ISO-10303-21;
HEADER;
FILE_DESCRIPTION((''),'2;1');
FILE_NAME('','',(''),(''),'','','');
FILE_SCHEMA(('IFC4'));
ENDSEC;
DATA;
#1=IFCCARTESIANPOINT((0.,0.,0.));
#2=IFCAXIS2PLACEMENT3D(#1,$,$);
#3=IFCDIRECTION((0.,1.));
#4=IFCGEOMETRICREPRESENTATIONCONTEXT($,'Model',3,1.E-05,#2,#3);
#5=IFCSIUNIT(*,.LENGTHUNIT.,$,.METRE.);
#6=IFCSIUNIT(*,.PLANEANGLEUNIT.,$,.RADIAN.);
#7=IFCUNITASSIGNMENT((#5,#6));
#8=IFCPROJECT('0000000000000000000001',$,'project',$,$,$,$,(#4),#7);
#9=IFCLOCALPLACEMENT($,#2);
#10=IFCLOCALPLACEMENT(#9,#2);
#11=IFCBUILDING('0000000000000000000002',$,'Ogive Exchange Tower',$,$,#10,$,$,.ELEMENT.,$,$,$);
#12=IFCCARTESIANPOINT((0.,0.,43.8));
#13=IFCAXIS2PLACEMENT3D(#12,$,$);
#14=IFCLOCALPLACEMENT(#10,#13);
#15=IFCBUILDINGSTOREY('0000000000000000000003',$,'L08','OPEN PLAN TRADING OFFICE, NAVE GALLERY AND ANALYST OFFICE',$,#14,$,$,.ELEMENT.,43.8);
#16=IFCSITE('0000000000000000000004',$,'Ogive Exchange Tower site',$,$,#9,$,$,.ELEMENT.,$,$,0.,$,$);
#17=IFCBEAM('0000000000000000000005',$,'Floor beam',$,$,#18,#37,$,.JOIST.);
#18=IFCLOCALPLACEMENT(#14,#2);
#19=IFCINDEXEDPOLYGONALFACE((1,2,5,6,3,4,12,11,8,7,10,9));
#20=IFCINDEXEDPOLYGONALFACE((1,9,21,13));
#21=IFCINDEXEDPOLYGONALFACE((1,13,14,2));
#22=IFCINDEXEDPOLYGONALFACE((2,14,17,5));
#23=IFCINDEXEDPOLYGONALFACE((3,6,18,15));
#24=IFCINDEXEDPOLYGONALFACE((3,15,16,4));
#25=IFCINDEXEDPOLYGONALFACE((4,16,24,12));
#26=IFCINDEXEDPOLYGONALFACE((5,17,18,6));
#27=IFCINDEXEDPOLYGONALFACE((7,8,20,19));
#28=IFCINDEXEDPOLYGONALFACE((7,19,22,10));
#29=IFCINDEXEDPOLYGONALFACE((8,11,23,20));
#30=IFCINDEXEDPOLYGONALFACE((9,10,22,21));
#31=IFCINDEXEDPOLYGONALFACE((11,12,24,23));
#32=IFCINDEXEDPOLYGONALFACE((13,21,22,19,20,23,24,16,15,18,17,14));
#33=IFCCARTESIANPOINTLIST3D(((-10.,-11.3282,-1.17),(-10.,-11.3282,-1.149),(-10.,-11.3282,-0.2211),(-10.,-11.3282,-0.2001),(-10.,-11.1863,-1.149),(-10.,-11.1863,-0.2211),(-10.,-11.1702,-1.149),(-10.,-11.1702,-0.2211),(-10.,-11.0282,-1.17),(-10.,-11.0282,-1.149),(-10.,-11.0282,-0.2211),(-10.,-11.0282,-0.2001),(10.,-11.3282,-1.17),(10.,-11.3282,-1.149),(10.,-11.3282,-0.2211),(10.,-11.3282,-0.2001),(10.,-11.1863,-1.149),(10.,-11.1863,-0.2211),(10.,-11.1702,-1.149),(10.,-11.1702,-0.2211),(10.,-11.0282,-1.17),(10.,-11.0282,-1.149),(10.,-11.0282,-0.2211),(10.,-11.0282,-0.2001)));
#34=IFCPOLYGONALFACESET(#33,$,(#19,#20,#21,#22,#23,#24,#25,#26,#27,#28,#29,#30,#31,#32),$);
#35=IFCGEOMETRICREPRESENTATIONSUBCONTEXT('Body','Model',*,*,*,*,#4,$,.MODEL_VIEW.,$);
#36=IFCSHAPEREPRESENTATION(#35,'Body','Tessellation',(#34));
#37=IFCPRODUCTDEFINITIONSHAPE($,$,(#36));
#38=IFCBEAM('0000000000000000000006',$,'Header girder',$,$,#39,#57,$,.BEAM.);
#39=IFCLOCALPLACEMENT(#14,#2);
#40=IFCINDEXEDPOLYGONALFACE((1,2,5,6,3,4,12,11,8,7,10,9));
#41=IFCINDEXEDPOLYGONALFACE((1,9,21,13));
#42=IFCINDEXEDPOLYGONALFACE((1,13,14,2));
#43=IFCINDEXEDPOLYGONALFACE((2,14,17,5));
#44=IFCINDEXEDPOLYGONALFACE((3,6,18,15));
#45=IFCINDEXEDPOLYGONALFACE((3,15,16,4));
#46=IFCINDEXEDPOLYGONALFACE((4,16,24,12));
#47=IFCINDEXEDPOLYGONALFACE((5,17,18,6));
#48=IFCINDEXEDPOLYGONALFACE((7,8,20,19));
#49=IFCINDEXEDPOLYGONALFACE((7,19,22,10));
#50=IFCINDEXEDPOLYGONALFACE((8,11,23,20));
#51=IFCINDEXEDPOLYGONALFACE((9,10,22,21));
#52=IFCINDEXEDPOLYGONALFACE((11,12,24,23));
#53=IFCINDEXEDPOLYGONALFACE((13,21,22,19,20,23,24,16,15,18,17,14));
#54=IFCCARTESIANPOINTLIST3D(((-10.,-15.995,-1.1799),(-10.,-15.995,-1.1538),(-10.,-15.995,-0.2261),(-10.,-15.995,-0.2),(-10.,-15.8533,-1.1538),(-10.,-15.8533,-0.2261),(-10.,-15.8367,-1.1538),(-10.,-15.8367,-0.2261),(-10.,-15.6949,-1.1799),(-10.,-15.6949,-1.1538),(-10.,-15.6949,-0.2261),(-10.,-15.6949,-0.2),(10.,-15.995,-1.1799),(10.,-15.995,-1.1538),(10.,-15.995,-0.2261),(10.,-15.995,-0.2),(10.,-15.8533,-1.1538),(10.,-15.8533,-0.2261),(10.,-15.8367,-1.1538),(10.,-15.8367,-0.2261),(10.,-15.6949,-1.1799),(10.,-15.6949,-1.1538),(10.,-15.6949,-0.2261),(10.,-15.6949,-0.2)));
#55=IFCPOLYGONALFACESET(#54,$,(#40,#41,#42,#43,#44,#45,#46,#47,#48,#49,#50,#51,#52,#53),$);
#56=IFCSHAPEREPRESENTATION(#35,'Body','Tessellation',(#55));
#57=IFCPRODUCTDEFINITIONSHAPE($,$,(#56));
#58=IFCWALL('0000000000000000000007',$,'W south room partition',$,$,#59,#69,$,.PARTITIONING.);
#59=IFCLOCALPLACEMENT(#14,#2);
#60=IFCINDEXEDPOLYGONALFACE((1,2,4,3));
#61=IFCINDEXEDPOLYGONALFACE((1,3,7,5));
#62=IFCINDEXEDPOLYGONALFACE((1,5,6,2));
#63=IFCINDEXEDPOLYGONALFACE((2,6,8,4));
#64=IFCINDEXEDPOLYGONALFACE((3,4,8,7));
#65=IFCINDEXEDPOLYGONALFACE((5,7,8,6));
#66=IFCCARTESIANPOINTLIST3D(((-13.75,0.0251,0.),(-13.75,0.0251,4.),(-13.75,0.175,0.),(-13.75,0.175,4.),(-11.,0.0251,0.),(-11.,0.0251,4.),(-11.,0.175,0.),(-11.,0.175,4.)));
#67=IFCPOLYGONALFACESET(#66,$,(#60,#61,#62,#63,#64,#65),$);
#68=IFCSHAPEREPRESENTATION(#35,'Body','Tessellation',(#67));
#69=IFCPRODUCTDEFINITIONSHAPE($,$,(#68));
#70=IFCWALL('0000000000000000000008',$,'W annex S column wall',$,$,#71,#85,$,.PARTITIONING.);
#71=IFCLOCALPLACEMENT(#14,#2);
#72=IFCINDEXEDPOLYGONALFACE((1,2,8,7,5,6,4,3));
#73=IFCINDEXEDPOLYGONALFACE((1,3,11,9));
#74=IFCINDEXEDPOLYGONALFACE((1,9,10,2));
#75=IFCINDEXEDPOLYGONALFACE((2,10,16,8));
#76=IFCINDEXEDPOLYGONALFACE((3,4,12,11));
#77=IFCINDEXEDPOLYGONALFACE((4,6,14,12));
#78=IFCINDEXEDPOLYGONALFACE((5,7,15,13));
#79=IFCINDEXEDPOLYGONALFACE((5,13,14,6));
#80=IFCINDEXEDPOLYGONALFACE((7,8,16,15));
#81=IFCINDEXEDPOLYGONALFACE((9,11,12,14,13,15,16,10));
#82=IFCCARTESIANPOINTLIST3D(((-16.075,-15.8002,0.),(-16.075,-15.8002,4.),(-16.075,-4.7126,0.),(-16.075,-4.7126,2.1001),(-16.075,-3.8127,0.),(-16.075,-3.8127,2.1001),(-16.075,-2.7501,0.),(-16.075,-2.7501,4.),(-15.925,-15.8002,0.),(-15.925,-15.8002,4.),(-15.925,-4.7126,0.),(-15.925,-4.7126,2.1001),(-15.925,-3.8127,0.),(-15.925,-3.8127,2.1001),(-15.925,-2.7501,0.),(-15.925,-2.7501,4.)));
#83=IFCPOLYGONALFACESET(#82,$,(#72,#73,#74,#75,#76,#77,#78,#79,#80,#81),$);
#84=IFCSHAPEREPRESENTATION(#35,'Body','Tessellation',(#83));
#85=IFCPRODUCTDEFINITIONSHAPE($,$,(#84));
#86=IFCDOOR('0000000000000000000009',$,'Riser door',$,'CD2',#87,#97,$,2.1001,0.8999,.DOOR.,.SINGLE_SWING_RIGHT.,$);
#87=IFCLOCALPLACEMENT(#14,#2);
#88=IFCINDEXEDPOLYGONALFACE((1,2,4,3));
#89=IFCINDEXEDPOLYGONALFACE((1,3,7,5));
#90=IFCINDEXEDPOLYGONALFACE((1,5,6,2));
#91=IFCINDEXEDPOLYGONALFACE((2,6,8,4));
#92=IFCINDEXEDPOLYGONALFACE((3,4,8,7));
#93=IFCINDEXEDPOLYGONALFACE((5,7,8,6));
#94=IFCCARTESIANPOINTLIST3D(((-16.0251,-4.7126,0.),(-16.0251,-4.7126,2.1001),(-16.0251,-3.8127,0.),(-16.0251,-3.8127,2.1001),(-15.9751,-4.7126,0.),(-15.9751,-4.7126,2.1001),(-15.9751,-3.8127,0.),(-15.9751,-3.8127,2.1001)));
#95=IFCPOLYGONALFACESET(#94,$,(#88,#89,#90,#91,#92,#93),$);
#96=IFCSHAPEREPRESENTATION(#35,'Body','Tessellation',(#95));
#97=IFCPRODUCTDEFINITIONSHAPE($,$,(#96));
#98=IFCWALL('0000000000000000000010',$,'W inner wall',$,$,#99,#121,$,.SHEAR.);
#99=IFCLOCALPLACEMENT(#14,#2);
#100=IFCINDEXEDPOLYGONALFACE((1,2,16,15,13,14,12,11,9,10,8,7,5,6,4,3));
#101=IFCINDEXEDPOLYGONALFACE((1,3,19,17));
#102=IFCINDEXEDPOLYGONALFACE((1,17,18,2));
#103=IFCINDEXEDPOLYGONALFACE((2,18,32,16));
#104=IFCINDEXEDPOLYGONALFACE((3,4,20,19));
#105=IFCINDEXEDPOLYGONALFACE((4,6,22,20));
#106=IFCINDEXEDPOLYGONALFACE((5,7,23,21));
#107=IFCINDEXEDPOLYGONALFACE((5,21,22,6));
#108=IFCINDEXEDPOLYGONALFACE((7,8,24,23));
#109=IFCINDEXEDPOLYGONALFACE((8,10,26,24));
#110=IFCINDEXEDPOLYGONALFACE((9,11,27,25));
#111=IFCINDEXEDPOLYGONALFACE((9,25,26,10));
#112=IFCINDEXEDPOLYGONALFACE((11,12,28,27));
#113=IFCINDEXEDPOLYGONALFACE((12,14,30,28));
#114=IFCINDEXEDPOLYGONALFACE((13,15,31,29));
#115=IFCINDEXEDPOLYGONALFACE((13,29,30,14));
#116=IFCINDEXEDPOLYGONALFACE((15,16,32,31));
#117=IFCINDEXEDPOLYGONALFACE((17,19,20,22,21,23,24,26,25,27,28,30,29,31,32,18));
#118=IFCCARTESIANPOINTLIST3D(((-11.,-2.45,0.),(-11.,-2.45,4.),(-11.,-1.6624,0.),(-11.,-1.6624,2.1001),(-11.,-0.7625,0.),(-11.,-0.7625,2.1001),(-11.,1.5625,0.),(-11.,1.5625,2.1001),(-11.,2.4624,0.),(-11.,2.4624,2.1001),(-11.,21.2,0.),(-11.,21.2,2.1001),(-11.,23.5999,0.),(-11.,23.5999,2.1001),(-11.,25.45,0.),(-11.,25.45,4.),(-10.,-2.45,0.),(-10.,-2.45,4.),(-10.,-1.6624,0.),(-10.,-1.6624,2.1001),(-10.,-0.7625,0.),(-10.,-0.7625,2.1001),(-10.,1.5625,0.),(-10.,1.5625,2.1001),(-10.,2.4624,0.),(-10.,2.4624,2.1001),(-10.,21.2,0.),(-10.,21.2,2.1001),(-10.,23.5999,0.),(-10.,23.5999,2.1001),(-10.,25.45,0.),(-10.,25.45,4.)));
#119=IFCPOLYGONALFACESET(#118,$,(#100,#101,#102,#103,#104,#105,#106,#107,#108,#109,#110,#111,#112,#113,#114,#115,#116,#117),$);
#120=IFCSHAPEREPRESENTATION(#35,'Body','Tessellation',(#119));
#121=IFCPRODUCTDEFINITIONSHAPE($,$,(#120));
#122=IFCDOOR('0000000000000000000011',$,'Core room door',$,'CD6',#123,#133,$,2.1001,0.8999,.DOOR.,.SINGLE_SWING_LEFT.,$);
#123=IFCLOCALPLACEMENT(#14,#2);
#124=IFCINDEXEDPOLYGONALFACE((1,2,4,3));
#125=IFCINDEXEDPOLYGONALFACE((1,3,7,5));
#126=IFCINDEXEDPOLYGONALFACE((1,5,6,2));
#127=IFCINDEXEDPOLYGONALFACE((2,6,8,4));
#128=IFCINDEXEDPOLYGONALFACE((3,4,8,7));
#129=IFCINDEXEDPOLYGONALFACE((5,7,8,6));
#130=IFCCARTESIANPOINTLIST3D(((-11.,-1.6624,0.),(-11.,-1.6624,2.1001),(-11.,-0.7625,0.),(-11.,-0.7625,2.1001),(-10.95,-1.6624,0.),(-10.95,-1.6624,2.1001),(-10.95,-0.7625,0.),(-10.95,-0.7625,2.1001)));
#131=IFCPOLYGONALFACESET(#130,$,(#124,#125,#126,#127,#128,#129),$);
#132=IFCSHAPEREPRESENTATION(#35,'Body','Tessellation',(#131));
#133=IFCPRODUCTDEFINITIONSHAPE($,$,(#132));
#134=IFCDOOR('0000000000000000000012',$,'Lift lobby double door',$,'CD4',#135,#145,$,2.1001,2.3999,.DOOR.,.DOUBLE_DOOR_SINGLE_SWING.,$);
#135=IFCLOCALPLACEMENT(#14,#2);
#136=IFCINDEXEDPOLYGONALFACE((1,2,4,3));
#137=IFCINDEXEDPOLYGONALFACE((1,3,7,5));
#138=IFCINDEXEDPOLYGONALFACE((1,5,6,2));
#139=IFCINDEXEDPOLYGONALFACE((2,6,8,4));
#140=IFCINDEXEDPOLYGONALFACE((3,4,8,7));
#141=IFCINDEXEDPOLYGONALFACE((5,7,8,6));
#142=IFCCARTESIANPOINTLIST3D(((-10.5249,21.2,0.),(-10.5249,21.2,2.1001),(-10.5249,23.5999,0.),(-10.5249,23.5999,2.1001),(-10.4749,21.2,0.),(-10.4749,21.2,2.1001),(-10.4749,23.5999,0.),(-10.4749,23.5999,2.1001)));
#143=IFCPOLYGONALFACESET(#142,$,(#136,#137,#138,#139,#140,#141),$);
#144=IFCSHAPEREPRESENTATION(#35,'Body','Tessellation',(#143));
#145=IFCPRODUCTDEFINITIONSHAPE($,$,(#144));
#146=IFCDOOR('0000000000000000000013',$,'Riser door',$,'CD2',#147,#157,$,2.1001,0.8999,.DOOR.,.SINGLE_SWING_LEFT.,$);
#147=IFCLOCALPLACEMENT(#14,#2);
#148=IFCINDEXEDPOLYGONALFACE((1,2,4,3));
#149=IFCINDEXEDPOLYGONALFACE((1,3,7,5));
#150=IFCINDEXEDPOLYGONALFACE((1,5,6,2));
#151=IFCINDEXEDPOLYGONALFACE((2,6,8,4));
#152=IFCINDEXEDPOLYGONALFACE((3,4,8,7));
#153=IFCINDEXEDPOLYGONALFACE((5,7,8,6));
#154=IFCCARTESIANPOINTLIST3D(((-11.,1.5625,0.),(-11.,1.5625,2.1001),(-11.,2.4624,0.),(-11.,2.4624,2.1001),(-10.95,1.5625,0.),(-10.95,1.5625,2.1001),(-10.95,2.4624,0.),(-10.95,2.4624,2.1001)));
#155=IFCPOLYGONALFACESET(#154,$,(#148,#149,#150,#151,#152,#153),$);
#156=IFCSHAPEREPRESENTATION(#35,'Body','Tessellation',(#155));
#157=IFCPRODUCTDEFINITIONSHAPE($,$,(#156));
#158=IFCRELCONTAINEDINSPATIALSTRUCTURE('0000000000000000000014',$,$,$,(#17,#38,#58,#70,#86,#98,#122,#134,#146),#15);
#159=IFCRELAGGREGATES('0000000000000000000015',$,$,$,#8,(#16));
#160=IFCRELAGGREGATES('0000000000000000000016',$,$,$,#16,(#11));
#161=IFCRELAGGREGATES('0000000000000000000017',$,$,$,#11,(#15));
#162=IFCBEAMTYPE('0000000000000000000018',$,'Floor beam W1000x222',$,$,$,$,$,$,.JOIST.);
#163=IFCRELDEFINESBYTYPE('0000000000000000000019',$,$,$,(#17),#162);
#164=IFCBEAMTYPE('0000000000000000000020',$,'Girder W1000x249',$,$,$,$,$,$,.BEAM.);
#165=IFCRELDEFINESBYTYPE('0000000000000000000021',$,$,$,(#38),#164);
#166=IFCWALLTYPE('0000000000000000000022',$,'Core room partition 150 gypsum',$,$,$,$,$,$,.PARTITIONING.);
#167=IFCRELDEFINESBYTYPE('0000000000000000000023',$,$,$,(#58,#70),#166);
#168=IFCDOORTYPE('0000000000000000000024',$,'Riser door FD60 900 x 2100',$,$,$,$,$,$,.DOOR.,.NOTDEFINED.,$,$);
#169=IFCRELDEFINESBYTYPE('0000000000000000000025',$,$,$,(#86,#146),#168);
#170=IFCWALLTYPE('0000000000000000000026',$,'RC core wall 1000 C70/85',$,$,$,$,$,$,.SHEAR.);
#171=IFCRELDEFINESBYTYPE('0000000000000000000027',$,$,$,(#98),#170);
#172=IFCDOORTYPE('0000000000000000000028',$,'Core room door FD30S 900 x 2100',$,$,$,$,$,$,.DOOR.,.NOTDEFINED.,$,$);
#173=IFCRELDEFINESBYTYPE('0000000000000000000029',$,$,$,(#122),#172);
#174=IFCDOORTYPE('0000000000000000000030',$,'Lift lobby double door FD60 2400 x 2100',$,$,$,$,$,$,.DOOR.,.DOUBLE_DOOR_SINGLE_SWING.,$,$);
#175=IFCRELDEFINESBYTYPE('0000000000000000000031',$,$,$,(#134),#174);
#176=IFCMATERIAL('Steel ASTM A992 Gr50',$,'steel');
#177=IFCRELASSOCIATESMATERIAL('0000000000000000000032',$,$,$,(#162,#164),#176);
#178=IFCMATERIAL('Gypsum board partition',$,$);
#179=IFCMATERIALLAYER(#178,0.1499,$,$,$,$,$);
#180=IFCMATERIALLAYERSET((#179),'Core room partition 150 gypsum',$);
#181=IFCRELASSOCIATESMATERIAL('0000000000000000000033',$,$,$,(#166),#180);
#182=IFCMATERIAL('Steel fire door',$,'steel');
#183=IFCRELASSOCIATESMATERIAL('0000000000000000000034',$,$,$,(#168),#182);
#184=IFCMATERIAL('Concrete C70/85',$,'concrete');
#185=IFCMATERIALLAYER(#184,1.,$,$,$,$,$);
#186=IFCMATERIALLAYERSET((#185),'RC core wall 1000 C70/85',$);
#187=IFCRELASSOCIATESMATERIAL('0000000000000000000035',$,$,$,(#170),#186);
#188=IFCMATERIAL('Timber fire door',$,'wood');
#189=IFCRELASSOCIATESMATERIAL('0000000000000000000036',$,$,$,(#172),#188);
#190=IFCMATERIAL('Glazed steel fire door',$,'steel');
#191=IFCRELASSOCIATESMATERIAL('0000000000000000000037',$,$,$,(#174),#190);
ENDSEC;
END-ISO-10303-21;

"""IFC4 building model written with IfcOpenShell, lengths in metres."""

from ifc_helpers import new_model, si_unit, direction, frame, frame_2d, origin, origin_2d, place, context, subcontext, project, spatial, rectangle, i_section, extrude, material, layer, layer_set, material_profile, profile_set, type_object, element, fill, save


model = new_model("IFC4")

# Units and contexts
model_context = context("Model", 3, precision=1e-05, world=origin(), true_north=direction((0.0, 1.0)))
body_context = subcontext(model_context, "Body", "Model", "MODEL_VIEW")
ifc_project = project(units=[si_unit("LENGTHUNIT", "METRE"), si_unit("PLANEANGLEUNIT", "RADIAN")], contexts=[model_context])

# Site, building, storey
site_placement = place(None, origin())
site = spatial("IfcSite", under=ifc_project, at=site_placement, Name="Ogive Exchange Tower site", CompositionType="ELEMENT", RefElevation=0.0)
building_placement = place(site_placement, origin())
building = spatial("IfcBuilding", under=site, at=building_placement, Name="Ogive Exchange Tower", CompositionType="ELEMENT")
storey_placement = place(building_placement, frame((0.0, 0.0, 43.8)))
storey = spatial("IfcBuildingStorey", under=building, at=storey_placement, Name="L08", Description="OPEN PLAN TRADING OFFICE, NAVE GALLERY AND ANALYST OFFICE", CompositionType="ELEMENT", Elevation=43.8)

# Beams
ifc_material_1 = material(Name="Steel ASTM A992 Gr50", Category="steel")
ifc_material_profile_1 = material_profile(ifc_material_1, i_section(OverallWidth=0.3, OverallDepth=0.97, WebThickness=0.0161, FlangeThickness=0.021, at=origin_2d()), Name="W1000x222")
ifc_profile_set_1 = profile_set([ifc_material_profile_1], Name="Steel ASTM A992 Gr50")
beam_type_1 = type_object("IfcBeamType", Name="Floor beam W1000x222", PredefinedType="JOIST", material=ifc_profile_set_1)
beam_1_placement = place(storey_placement, frame((-10.0, -11.1782, -0.6851), z_axis=(1.0, 0.0, 0.0), x_axis=(0.0, 1.0, 0.0)))
element("IfcBeam", 1, at=beam_1_placement, inside=storey, type_object=beam_type_1, Name="Floor beam", PredefinedType="JOIST", context=body_context, shape_type="SweptSolid", body=[
    extrude(i_section(OverallWidth=0.3, OverallDepth=0.97, WebThickness=0.0161, FlangeThickness=0.021, at=origin_2d()), origin(), (0.0, 0.0, 1.0), 20.0),
])
ifc_material_profile_2 = material_profile(ifc_material_1, i_section(OverallWidth=0.3, OverallDepth=0.98, WebThickness=0.0166, FlangeThickness=0.0261, at=origin_2d()), Name="W1000x249")
ifc_profile_set_2 = profile_set([ifc_material_profile_2], Name="Steel ASTM A992 Gr50")
beam_type_2 = type_object("IfcBeamType", Name="Girder W1000x249", PredefinedType="BEAM", material=ifc_profile_set_2)
beam_2_placement = place(storey_placement, frame((-10.0, -15.845, -0.6899), z_axis=(1.0, 0.0, 0.0), x_axis=(0.0, 1.0, 0.0)))
element("IfcBeam", 2, at=beam_2_placement, inside=storey, type_object=beam_type_2, Name="Header girder", PredefinedType="BEAM", context=body_context, shape_type="SweptSolid", body=[
    extrude(i_section(OverallWidth=0.3, OverallDepth=0.98, WebThickness=0.0166, FlangeThickness=0.0261, at=origin_2d()), origin(), (0.0, 0.0, 1.0), 20.0),
])

# Wall
ifc_material_2 = material(Name="Gypsum board partition")
ifc_layer_1 = layer(ifc_material_2, 0.1499)
ifc_layer_set_1 = layer_set([ifc_layer_1], Name="Core room partition 150 gypsum")
wall_type_1 = type_object("IfcWallType", Name="Core room partition 150 gypsum", PredefinedType="PARTITIONING", material=ifc_layer_set_1)
wall_1_placement = place(storey_placement, frame((-13.75, 0.1001, 0.0), z_axis=(0.0, 0.0, 1.0), x_axis=(1.0, 0.0, 0.0)))
element("IfcWall", 3, at=wall_1_placement, inside=storey, type_object=wall_type_1, Name="W south room partition", PredefinedType="PARTITIONING", context=body_context, shape_type="SweptSolid", body=[
    extrude(rectangle(XDim=2.75, YDim=0.1499, at=frame_2d((1.375, 0.0))), origin(), (0.0, 0.0, 1.0), 4.0),
])

# Wall, opening, door
wall_2_placement = place(storey_placement, frame((-16.0, -15.8, 0.0), z_axis=(0.0, 0.0, 1.0), x_axis=(0.0, 1.0, 0.0)))
wall_2 = element("IfcWall", 4, at=wall_2_placement, inside=storey, type_object=wall_type_1, Name="W annex S column wall", PredefinedType="PARTITIONING", context=body_context, shape_type="SweptSolid", body=[
    extrude(rectangle(XDim=13.05, YDim=0.1499, at=frame_2d((6.5249, 0.0))), origin(), (0.0, 0.0, 1.0), 4.0),
])
opening_1_placement = place(wall_2_placement, frame((11.0874, 0.0, 0.0)))
opening_1 = element("IfcOpeningElement", 5, at=opening_1_placement, cuts=wall_2, PredefinedType="OPENING", context=body_context, shape_type="SweptSolid", body=[
    extrude(rectangle(XDim=0.8999, YDim=2.1001, at=frame_2d((0.45, 1.05))), frame((0.0, 0.085, 0.0), z_axis=(0.0, -1.0, 0.0), x_axis=(1.0, 0.0, 0.0)), (0.0, 0.0, 1.0), 0.1699),
])
ifc_material_3 = material(Name="Steel fire door", Category="steel")
door_type_1 = type_object("IfcDoorType", Name="Riser door FD60 900 x 2100", OperationType="NOTDEFINED", PredefinedType="DOOR", material=ifc_material_3)
door_1_placement = place(opening_1_placement, frame((0.8999, 0.0, 0.0), z_axis=(0.0, 0.0, 1.0), x_axis=(-1.0, 0.0, 0.0)))
door_1 = element("IfcDoor", 6, at=door_1_placement, inside=storey, type_object=door_type_1, Name="Riser door", ObjectType="CD2", OperationType="SINGLE_SWING_RIGHT", OverallHeight=2.1001, OverallWidth=0.8999, PredefinedType="DOOR", context=body_context, shape_type="SweptSolid", body=[
    extrude(rectangle(XDim=0.8999, YDim=2.1001, at=frame_2d((0.45, 1.05))), frame((0.0, 0.0249, 0.0), z_axis=(0.0, -1.0, 0.0), x_axis=(1.0, 0.0, 0.0)), (0.0, 0.0, 1.0), 0.05),
])
fill(opening_1, door_1)

# Wall, openings, doors
ifc_material_4 = material(Name="Concrete C70/85", Category="concrete")
ifc_layer_2 = layer(ifc_material_4, 1.0)
ifc_layer_set_2 = layer_set([ifc_layer_2], Name="RC core wall 1000 C70/85")
wall_type_2 = type_object("IfcWallType", Name="RC core wall 1000 C70/85", PredefinedType="SHEAR", material=ifc_layer_set_2)
wall_3_placement = place(storey_placement, frame((-10.5, -2.45, 0.0), z_axis=(0.0, 0.0, 1.0), x_axis=(0.0, 1.0, 0.0)))
wall_3 = element("IfcWall", 7, at=wall_3_placement, inside=storey, type_object=wall_type_2, Name="W inner wall", PredefinedType="SHEAR", context=body_context, shape_type="SweptSolid", body=[
    extrude(rectangle(XDim=27.8999, YDim=1.0, at=frame_2d((13.95, 0.0))), origin(), (0.0, 0.0, 1.0), 4.0),
])
opening_2_placement = place(wall_3_placement, frame((23.6499, 0.0, 0.0)))
opening_2 = element("IfcOpeningElement", 8, at=opening_2_placement, cuts=wall_3, PredefinedType="OPENING", context=body_context, shape_type="SweptSolid", body=[
    extrude(rectangle(XDim=2.3999, YDim=2.1001, at=frame_2d((1.2, 1.05))), frame((0.0, 0.51, 0.0), z_axis=(0.0, -1.0, 0.0), x_axis=(1.0, 0.0, 0.0)), (0.0, 0.0, 1.0), 1.02),
])
opening_3_placement = place(wall_3_placement, frame((0.7876, 0.0, 0.0)))
opening_3 = element("IfcOpeningElement", 9, at=opening_3_placement, cuts=wall_3, PredefinedType="OPENING", context=body_context, shape_type="SweptSolid", body=[
    extrude(rectangle(XDim=0.8999, YDim=2.1001, at=frame_2d((0.45, 1.05))), frame((0.0, 0.51, 0.0), z_axis=(0.0, -1.0, 0.0), x_axis=(1.0, 0.0, 0.0)), (0.0, 0.0, 1.0), 1.02),
])
opening_4_placement = place(wall_3_placement, frame((4.0125, 0.0, 0.0)))
opening_4 = element("IfcOpeningElement", 10, at=opening_4_placement, cuts=wall_3, PredefinedType="OPENING", context=body_context, shape_type="SweptSolid", body=[
    extrude(rectangle(XDim=0.8999, YDim=2.1001, at=frame_2d((0.45, 1.05))), frame((0.0, 0.51, 0.0), z_axis=(0.0, -1.0, 0.0), x_axis=(1.0, 0.0, 0.0)), (0.0, 0.0, 1.0), 1.02),
])
ifc_material_5 = material(Name="Timber fire door", Category="wood")
door_type_2 = type_object("IfcDoorType", Name="Core room door FD30S 900 x 2100", OperationType="NOTDEFINED", PredefinedType="DOOR", material=ifc_material_5)
door_2_placement = place(opening_3_placement, origin())
door_2 = element("IfcDoor", 11, at=door_2_placement, inside=storey, type_object=door_type_2, Name="Core room door", ObjectType="CD6", OperationType="SINGLE_SWING_LEFT", OverallHeight=2.1001, OverallWidth=0.8999, PredefinedType="DOOR", context=body_context, shape_type="SweptSolid", body=[
    extrude(rectangle(XDim=0.8999, YDim=2.1001, at=frame_2d((0.45, 1.05))), frame((0.0, 0.5, 0.0), z_axis=(0.0, -1.0, 0.0), x_axis=(1.0, 0.0, 0.0)), (0.0, 0.0, 1.0), 0.05),
])
fill(opening_3, door_2)
ifc_material_6 = material(Name="Glazed steel fire door", Category="steel")
door_type_3 = type_object("IfcDoorType", Name="Lift lobby double door FD60 2400 x 2100", OperationType="DOUBLE_DOOR_SINGLE_SWING", PredefinedType="DOOR", material=ifc_material_6)
door_3_placement = place(opening_2_placement, origin())
door_3 = element("IfcDoor", 12, at=door_3_placement, inside=storey, type_object=door_type_3, Name="Lift lobby double door", ObjectType="CD4", OperationType="DOUBLE_DOOR_SINGLE_SWING", OverallHeight=2.1001, OverallWidth=2.3999, PredefinedType="DOOR", context=body_context, shape_type="SweptSolid", body=[
    extrude(rectangle(XDim=2.3999, YDim=2.1001, at=frame_2d((1.2, 1.05))), frame((0.0, 0.0249, 0.0), z_axis=(0.0, -1.0, 0.0), x_axis=(1.0, 0.0, 0.0)), (0.0, 0.0, 1.0), 0.05),
])
fill(opening_2, door_3)
door_4_placement = place(opening_4_placement, origin())
door_4 = element("IfcDoor", 13, at=door_4_placement, inside=storey, type_object=door_type_1, Name="Riser door", ObjectType="CD2", OperationType="SINGLE_SWING_LEFT", OverallHeight=2.1001, OverallWidth=0.8999, PredefinedType="DOOR", context=body_context, shape_type="SweptSolid", body=[
    extrude(rectangle(XDim=0.8999, YDim=2.1001, at=frame_2d((0.45, 1.05))), frame((0.0, 0.5, 0.0), z_axis=(0.0, -1.0, 0.0), x_axis=(1.0, 0.0, 0.0)), (0.0, 0.0, 1.0), 0.05),
])
fill(opening_4, door_4)

save(model, "model.ifc")
